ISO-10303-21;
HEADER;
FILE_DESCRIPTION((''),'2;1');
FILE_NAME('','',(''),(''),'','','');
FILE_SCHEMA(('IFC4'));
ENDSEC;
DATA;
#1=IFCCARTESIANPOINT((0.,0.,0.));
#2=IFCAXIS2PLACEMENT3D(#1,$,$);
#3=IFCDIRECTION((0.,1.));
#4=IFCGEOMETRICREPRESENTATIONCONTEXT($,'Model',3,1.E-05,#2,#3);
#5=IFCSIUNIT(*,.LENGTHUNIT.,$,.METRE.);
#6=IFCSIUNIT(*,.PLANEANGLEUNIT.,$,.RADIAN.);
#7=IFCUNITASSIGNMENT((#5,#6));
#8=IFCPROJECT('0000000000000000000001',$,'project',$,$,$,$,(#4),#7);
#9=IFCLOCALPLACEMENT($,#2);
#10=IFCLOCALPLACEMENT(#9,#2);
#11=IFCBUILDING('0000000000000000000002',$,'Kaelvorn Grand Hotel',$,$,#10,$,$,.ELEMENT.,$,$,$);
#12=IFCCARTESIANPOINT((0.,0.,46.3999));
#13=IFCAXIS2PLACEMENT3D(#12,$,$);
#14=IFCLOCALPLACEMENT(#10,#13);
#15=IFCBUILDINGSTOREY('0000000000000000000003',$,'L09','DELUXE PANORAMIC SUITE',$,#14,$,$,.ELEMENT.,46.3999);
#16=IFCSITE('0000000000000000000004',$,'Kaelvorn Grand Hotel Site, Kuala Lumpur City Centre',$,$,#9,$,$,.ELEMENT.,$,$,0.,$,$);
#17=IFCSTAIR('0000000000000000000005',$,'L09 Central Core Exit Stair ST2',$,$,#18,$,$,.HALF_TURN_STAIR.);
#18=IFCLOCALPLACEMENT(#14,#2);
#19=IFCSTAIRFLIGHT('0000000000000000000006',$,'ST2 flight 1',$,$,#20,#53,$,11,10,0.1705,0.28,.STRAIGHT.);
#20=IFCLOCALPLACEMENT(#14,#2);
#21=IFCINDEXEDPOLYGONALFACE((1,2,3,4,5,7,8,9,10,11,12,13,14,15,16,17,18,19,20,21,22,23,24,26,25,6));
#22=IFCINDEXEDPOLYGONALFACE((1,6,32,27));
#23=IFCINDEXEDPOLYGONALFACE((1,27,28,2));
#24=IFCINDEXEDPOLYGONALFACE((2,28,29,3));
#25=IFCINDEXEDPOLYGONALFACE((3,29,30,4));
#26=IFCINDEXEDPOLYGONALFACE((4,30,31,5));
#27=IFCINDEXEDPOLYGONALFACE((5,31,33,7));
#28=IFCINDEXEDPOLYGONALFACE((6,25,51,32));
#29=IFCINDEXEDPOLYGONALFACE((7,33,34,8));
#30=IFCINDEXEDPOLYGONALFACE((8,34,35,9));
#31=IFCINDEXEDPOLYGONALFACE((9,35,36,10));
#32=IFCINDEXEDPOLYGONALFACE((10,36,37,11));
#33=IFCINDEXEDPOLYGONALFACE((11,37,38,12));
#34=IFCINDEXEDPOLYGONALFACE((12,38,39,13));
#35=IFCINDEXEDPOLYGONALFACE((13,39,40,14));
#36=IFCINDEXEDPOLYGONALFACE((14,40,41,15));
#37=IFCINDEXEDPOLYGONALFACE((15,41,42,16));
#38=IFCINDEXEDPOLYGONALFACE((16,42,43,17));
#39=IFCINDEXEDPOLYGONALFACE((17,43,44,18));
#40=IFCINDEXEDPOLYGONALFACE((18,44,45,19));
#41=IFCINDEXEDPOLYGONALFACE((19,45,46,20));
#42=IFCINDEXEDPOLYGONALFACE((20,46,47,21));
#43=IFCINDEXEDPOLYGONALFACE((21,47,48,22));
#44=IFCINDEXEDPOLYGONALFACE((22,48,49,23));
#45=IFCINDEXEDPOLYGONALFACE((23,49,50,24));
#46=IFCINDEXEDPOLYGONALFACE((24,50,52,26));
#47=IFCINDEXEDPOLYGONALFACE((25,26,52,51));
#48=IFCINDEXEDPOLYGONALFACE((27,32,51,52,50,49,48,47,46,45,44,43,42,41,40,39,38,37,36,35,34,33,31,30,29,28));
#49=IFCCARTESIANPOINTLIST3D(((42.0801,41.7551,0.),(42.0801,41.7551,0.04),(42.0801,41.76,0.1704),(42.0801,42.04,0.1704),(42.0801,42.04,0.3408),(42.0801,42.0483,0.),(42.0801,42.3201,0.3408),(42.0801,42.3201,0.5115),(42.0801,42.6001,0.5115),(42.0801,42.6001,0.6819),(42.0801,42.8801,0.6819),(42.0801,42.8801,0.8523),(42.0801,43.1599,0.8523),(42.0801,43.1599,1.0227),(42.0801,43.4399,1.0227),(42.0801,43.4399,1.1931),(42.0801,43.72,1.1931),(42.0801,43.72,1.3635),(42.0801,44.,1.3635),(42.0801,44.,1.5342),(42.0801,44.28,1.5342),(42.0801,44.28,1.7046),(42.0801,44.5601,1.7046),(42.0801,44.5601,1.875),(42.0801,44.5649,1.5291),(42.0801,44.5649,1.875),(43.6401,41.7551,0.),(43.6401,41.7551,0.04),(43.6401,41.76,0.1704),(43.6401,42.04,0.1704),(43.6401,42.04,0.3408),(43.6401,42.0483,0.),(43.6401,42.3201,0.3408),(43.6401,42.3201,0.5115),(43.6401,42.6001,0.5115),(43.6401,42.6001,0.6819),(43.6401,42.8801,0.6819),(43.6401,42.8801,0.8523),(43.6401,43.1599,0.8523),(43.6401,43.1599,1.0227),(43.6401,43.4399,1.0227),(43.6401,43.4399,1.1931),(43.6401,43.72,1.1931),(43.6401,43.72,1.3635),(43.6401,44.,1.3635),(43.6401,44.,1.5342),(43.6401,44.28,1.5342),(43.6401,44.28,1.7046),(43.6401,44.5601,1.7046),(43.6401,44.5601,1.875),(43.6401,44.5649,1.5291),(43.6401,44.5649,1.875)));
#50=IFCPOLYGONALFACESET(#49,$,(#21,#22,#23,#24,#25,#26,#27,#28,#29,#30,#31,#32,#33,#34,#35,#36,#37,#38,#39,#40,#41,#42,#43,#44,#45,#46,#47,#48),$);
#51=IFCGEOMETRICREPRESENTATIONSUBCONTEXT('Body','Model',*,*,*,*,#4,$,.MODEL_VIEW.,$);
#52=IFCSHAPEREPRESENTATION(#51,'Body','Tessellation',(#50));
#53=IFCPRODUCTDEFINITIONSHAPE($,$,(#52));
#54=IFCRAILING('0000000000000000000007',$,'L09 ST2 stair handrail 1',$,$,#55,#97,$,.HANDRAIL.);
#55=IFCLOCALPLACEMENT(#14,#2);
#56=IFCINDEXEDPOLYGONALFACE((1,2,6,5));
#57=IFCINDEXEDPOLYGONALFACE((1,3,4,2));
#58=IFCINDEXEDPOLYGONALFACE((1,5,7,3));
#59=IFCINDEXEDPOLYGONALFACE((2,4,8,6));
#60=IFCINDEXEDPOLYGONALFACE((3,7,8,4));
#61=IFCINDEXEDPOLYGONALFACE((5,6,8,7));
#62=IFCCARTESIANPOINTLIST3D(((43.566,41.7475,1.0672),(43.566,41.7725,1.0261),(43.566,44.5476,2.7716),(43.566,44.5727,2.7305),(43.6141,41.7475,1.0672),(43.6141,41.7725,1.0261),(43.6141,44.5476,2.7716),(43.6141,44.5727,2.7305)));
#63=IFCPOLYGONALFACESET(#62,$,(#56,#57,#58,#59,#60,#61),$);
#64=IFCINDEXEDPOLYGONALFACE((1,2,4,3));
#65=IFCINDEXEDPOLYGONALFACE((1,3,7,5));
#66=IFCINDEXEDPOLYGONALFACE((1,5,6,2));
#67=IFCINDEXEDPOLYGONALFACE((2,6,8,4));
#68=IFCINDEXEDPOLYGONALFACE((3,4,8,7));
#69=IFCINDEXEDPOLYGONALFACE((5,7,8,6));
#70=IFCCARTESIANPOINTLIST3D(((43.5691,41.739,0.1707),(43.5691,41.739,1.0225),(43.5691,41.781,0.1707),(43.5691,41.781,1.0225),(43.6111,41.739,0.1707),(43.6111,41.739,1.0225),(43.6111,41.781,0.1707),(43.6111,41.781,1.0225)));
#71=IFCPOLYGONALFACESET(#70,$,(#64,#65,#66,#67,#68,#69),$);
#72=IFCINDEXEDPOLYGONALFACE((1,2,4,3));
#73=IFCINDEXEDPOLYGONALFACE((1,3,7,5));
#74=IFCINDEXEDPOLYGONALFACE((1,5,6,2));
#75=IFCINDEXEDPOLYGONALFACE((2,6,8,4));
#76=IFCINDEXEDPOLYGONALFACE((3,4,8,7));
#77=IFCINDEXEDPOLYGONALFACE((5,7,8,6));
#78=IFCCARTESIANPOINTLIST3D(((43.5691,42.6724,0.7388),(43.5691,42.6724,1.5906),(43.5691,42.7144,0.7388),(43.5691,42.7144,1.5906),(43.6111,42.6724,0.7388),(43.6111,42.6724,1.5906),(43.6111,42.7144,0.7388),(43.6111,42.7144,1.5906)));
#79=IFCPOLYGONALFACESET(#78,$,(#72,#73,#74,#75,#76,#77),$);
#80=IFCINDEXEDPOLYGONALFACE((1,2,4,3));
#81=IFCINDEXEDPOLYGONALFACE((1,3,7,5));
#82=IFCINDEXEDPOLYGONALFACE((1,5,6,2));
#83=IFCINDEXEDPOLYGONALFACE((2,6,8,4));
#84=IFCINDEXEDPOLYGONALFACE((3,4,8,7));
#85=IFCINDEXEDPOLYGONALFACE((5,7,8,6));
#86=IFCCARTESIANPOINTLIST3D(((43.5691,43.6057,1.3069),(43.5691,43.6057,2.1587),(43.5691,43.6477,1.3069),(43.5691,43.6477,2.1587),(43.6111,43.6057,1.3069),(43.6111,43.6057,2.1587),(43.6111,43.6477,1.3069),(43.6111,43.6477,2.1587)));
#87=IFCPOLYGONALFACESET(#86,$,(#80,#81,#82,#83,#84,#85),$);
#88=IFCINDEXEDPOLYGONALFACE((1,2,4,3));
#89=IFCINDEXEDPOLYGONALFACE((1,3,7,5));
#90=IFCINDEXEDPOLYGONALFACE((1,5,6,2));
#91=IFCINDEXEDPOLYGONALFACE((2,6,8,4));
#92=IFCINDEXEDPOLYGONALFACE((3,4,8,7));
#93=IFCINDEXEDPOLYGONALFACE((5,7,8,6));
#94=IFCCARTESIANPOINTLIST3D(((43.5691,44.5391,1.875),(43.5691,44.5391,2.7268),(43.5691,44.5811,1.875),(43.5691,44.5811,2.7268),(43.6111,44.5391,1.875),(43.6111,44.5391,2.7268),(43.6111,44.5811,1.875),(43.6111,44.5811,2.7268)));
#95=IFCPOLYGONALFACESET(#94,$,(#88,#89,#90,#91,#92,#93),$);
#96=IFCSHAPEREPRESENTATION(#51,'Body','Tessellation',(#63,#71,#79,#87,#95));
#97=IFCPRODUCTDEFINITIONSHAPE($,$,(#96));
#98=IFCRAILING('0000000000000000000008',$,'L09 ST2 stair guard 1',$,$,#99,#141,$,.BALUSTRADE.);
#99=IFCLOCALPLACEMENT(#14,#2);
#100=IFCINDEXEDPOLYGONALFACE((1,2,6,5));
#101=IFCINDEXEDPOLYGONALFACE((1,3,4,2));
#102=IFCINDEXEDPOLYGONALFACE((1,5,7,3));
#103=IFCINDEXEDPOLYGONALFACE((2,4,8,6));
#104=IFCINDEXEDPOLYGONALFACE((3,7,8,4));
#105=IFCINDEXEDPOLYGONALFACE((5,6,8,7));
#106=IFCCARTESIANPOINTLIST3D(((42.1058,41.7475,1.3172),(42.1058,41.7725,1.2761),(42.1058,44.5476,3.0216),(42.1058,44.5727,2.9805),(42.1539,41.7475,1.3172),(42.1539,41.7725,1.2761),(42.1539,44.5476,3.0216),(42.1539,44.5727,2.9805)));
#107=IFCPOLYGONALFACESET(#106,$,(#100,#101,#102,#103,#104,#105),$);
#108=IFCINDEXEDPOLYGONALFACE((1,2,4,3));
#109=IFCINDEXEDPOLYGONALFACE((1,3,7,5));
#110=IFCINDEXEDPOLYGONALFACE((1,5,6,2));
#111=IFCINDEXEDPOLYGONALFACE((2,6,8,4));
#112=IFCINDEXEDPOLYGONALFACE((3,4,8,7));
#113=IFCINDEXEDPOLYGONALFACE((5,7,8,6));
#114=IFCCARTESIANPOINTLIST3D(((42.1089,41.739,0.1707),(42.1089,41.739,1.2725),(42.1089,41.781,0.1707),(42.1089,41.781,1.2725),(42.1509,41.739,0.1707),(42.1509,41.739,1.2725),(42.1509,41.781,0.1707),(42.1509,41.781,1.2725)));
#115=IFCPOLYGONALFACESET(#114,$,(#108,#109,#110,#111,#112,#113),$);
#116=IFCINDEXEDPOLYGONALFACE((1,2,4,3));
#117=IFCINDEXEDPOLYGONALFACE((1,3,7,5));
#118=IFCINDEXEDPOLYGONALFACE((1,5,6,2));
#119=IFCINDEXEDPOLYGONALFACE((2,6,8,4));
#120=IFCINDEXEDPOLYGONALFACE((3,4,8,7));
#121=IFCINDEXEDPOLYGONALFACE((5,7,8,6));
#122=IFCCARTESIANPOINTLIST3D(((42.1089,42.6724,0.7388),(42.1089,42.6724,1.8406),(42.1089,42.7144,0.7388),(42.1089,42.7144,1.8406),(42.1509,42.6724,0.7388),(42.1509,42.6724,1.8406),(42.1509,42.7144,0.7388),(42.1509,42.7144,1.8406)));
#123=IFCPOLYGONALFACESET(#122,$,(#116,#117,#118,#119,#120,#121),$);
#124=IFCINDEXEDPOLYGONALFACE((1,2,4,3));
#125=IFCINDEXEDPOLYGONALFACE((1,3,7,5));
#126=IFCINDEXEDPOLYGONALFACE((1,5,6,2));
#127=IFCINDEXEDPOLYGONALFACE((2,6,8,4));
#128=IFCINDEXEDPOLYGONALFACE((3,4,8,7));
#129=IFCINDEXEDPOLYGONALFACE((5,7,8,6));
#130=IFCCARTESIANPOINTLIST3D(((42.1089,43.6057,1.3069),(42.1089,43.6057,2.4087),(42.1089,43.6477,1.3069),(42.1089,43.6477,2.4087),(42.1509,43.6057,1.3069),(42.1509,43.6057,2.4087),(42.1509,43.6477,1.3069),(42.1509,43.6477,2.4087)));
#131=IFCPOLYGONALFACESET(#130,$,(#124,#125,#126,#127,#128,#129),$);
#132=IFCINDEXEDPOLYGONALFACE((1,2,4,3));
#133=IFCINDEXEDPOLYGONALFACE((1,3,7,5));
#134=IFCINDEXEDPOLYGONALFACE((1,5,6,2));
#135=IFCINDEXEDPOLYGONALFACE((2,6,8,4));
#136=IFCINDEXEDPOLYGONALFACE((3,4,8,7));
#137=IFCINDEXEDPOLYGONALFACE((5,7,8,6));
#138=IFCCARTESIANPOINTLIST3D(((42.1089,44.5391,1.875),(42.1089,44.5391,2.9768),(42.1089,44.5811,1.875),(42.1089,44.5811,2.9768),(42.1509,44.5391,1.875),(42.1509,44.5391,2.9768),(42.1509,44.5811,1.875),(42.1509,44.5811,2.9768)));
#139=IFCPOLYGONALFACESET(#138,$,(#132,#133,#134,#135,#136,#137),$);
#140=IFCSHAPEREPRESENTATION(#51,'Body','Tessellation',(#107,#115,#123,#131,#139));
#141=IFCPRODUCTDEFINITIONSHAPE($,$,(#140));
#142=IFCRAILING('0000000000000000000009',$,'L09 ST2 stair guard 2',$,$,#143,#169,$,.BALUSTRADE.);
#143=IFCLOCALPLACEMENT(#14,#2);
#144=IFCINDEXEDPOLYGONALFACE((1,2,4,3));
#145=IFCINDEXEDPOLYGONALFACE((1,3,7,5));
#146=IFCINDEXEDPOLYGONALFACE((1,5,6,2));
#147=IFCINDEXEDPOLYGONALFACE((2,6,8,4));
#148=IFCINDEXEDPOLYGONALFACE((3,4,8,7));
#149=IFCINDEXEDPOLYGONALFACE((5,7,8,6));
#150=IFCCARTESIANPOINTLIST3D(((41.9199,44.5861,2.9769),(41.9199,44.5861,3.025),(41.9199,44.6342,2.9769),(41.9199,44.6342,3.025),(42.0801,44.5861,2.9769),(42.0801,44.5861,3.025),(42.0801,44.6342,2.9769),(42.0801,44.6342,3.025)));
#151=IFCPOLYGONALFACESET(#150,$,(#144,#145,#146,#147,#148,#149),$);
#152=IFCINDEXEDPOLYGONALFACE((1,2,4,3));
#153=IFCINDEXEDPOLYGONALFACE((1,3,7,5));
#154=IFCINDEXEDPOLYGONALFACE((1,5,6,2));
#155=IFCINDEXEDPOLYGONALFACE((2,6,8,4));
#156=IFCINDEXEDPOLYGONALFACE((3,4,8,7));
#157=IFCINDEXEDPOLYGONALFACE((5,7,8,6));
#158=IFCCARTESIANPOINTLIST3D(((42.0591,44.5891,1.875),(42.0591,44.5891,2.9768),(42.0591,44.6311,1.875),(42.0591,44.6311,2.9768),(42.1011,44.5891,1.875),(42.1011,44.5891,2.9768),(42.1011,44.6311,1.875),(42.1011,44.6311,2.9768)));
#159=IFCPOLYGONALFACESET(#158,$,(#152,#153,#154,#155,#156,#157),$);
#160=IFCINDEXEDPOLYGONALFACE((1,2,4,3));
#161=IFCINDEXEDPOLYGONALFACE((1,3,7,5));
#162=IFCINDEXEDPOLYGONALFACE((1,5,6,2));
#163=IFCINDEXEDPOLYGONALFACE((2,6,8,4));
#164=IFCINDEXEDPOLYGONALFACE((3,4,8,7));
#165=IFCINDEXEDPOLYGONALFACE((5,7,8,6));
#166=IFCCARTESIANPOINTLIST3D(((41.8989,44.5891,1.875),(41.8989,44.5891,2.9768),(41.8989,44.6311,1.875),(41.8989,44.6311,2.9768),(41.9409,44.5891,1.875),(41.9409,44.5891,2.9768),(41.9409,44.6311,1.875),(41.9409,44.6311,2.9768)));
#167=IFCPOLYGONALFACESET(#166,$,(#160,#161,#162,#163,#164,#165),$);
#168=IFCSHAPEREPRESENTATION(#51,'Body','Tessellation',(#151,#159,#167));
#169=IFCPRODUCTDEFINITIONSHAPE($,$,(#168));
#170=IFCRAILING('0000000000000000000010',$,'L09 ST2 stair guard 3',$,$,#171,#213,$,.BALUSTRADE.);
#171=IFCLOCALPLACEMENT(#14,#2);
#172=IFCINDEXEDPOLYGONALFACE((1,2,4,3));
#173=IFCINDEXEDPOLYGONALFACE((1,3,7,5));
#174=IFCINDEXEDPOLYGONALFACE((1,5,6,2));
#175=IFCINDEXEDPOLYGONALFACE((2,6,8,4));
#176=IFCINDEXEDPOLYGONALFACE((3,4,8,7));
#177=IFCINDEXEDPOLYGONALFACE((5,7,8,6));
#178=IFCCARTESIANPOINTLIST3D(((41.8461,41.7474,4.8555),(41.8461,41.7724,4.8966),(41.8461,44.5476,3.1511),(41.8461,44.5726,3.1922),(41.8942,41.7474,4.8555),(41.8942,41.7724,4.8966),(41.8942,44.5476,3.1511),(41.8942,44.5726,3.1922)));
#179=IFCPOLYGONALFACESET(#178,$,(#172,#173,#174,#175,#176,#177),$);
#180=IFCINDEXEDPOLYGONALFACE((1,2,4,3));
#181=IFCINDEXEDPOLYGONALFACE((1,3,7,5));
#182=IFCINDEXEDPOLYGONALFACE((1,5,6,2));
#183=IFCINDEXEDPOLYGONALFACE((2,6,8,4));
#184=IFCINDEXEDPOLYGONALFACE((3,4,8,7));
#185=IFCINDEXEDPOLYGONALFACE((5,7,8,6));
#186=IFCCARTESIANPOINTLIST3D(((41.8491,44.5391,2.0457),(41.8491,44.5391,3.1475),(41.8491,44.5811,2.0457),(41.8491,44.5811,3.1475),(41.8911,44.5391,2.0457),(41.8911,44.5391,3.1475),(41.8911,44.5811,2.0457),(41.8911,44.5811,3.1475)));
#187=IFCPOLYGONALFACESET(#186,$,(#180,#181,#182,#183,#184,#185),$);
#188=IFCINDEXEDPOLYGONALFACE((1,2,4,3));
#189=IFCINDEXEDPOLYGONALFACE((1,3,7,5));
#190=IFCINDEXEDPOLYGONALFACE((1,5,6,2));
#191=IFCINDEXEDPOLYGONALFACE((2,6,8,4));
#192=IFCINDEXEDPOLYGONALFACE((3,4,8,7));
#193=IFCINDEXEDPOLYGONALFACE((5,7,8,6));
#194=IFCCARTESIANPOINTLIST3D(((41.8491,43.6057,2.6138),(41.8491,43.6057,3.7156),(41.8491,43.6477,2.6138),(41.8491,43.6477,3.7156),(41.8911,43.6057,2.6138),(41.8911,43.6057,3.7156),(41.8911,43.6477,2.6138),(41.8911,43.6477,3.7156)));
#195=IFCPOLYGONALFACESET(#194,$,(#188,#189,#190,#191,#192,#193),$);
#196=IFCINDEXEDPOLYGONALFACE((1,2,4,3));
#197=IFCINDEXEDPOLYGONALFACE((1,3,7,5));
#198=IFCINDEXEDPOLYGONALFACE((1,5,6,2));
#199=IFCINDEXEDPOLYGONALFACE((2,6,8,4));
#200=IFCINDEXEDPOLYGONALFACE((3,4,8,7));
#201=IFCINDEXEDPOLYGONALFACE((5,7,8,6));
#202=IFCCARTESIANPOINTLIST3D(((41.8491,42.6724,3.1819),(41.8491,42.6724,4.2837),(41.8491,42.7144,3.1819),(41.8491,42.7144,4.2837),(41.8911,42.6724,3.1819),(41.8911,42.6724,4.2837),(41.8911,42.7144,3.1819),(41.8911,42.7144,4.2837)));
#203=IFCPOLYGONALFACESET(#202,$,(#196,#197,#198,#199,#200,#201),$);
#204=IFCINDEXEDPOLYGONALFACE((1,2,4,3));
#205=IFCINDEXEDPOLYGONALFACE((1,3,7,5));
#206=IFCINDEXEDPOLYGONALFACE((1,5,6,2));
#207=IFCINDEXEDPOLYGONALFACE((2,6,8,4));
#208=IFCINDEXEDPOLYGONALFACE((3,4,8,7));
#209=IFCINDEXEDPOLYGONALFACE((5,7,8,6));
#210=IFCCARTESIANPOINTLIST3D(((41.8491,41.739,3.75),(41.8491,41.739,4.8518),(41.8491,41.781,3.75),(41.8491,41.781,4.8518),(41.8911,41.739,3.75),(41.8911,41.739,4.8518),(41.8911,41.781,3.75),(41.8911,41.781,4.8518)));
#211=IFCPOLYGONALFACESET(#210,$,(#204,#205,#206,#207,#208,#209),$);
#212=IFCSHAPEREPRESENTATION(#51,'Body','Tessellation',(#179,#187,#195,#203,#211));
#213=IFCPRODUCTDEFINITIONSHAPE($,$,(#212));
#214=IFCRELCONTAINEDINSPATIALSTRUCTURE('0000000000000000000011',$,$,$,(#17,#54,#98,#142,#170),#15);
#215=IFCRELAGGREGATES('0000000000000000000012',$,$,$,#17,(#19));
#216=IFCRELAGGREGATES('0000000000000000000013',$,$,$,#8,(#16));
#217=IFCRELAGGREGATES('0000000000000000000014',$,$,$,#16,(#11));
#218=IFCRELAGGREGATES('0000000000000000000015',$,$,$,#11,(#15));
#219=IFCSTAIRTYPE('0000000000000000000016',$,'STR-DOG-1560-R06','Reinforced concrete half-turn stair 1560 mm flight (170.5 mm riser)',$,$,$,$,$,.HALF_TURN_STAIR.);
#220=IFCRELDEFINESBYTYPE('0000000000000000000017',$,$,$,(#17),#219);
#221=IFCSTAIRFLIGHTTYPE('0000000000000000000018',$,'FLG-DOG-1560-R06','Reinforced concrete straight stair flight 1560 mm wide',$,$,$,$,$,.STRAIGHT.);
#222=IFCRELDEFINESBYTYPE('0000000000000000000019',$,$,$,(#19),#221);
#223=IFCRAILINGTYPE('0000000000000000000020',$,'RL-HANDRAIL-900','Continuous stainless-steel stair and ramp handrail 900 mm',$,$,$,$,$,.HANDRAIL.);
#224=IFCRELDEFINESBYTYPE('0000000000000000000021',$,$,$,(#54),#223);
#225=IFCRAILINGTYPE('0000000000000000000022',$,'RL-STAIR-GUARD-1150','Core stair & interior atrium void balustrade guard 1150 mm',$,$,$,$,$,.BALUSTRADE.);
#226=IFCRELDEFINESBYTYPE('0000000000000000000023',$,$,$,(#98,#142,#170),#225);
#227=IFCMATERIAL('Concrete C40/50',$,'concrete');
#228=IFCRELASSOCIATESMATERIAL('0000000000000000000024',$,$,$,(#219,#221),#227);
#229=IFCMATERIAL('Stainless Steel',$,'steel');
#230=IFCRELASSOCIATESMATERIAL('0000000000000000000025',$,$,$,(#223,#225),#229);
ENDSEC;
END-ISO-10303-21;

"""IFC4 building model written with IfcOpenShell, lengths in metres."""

from ifc_helpers import new_model, si_unit, direction, frame, origin, origin_2d, place, context, subcontext, project, spatial, polyline, rectangle, outline, extrude, material, type_object, element, aggregate, save


model = new_model("IFC4")

# Units and contexts
model_context = context("Model", 3, precision=1e-05, world=origin(), true_north=direction((0.0, 1.0)))
body_context = subcontext(model_context, "Body", "Model", "MODEL_VIEW")
ifc_project = project(units=[si_unit("LENGTHUNIT", "METRE"), si_unit("PLANEANGLEUNIT", "RADIAN")], contexts=[model_context])

# Site, building, storey
site_placement = place(None, origin())
site = spatial("IfcSite", under=ifc_project, at=site_placement, Name="Kaelvorn Grand Hotel Site, Kuala Lumpur City Centre", CompositionType="ELEMENT", RefElevation=0.0)
building_placement = place(site_placement, origin())
building = spatial("IfcBuilding", under=site, at=building_placement, Name="Kaelvorn Grand Hotel", CompositionType="ELEMENT")
storey_placement = place(building_placement, frame((0.0, 0.0, 46.3999)))
storey = spatial("IfcBuildingStorey", under=building, at=storey_placement, Name="L09", Description="DELUXE PANORAMIC SUITE", CompositionType="ELEMENT", Elevation=46.3999)

# Shared definitions
ifc_material_1 = material(Name="Concrete C40/50", Category="concrete")

# Shared definitions
ifc_material_2 = material(Name="Stainless Steel", Category="steel")

# Stair, stair flight
stair_type = type_object("IfcStairType", Name="STR-DOG-1560-R06", Description="Reinforced concrete half-turn stair 1560 mm flight (170.5 mm riser)", PredefinedType="HALF_TURN_STAIR", material=ifc_material_1)
stair_placement = place(storey_placement, origin())
stair = element("IfcStair", 1, at=stair_placement, inside=storey, type_object=stair_type, Name="L09 Central Core Exit Stair ST2", PredefinedType="HALF_TURN_STAIR")
stair_flight_type = type_object("IfcStairFlightType", Name="FLG-DOG-1560-R06", Description="Reinforced concrete straight stair flight 1560 mm wide", PredefinedType="STRAIGHT", material=ifc_material_1)
stair_flight_placement = place(storey_placement, frame((42.8601, 41.76, 0.0), z_axis=(0.0, 0.0, 1.0), x_axis=(0.0, 1.0, 0.0)))
stair_flight = element("IfcStairFlight", 2, at=stair_flight_placement, type_object=stair_flight_type, Name="ST2 flight 1", NumberOfRisers=11, NumberOfTreads=10, PredefinedType="STRAIGHT", RiserHeight=0.1705, TreadLength=0.28, context=body_context, shape_type="SweptSolid", body=[
    extrude(outline(polyline([(-0.0049, 0.0), (-0.0049, 0.04), (0.0, 0.1704), (0.28, 0.1704), (0.28, 0.3408), (0.5601, 0.3408), (0.5601, 0.5115), (0.8401, 0.5115), (0.8401, 0.6819), (1.1201, 0.6819), (1.1201, 0.8523), (1.3999, 0.8523), (1.3999, 1.0227), (1.6799, 1.0227), (1.6799, 1.1931), (1.96, 1.1931), (1.96, 1.3635), (2.24, 1.3635), (2.24, 1.5342), (2.52, 1.5342), (2.52, 1.7046), (2.8, 1.7046), (2.8, 1.875), (2.8049, 1.875), (2.8049, 1.5291), (0.2883, 0.0), (-0.0049, 0.0)])), frame((0.0, 0.78, 0.0), z_axis=(0.0, -1.0, 0.0), x_axis=(1.0, 0.0, 0.0)), (0.0, 0.0, 1.0), 1.5601),
])
aggregate(stair, [stair_flight])

# Railings
railing_type_1 = type_object("IfcRailingType", Name="RL-HANDRAIL-900", Description="Continuous stainless-steel stair and ramp handrail 900 mm", PredefinedType="HANDRAIL", material=ifc_material_2)
railing_1_placement = place(storey_placement, frame((43.5901, 41.76, 0.1707)))
element("IfcRailing", 3, at=railing_1_placement, inside=storey, type_object=railing_type_1, Name="L09 ST2 stair handrail 1", PredefinedType="HANDRAIL", context=body_context, shape_type="SweptSolid", body=[
    extrude(rectangle(XDim=0.0481, YDim=0.0481, at=origin_2d()), frame((0.0, 0.0, 0.876), z_axis=(0.0, 0.854203, 0.51994), x_axis=(-1.0, 0.0, 0.0)), (0.0, 0.0, 1.0), 3.2781),
    extrude(rectangle(XDim=0.042, YDim=0.042, at=origin_2d()), origin(), (0.0, 0.0, 1.0), 0.8518),
    extrude(rectangle(XDim=0.042, YDim=0.042, at=origin_2d()), frame((0.0, 0.9333, 0.5681)), (0.0, 0.0, 1.0), 0.8518),
    extrude(rectangle(XDim=0.042, YDim=0.042, at=origin_2d()), frame((0.0, 1.8667, 1.1362)), (0.0, 0.0, 1.0), 0.8518),
    extrude(rectangle(XDim=0.042, YDim=0.042, at=origin_2d()), frame((0.0, 2.8, 1.7043)), (0.0, 0.0, 1.0), 0.8518),
])
railing_type_2 = type_object("IfcRailingType", Name="RL-STAIR-GUARD-1150", Description="Core stair & interior atrium void balustrade guard 1150 mm", PredefinedType="BALUSTRADE", material=ifc_material_2)
railing_2_placement = place(storey_placement, frame((42.1299, 41.76, 0.1707)))
element("IfcRailing", 4, at=railing_2_placement, inside=storey, type_object=railing_type_2, Name="L09 ST2 stair guard 1", PredefinedType="BALUSTRADE", context=body_context, shape_type="SweptSolid", body=[
    extrude(rectangle(XDim=0.0481, YDim=0.0481, at=origin_2d()), frame((0.0, 0.0, 1.126), z_axis=(0.0, 0.854203, 0.51994), x_axis=(-1.0, 0.0, 0.0)), (0.0, 0.0, 1.0), 3.2781),
    extrude(rectangle(XDim=0.042, YDim=0.042, at=origin_2d()), origin(), (0.0, 0.0, 1.0), 1.1018),
    extrude(rectangle(XDim=0.042, YDim=0.042, at=origin_2d()), frame((0.0, 0.9333, 0.5681)), (0.0, 0.0, 1.0), 1.1018),
    extrude(rectangle(XDim=0.042, YDim=0.042, at=origin_2d()), frame((0.0, 1.8667, 1.1362)), (0.0, 0.0, 1.0), 1.1018),
    extrude(rectangle(XDim=0.042, YDim=0.042, at=origin_2d()), frame((0.0, 2.8, 1.7043)), (0.0, 0.0, 1.0), 1.1018),
])
railing_3_placement = place(storey_placement, frame((42.0801, 44.6101, 1.875)))
element("IfcRailing", 5, at=railing_3_placement, inside=storey, type_object=railing_type_2, Name="L09 ST2 stair guard 2", PredefinedType="BALUSTRADE", context=body_context, shape_type="SweptSolid", body=[
    extrude(rectangle(XDim=0.0481, YDim=0.0481, at=origin_2d()), frame((0.0, 0.0, 1.126), z_axis=(-1.0, 0.0, 0.0), x_axis=(0.0, -1.0, 0.0)), (0.0, 0.0, 1.0), 0.1602),
    extrude(rectangle(XDim=0.042, YDim=0.042, at=origin_2d()), origin(), (0.0, 0.0, 1.0), 1.1018),
    extrude(rectangle(XDim=0.042, YDim=0.042, at=origin_2d()), frame((-0.1602, 0.0, 0.0)), (0.0, 0.0, 1.0), 1.1018),
])
railing_4_placement = place(storey_placement, frame((41.8701, 44.5601, 2.0457)))
element("IfcRailing", 6, at=railing_4_placement, inside=storey, type_object=railing_type_2, Name="L09 ST2 stair guard 3", PredefinedType="BALUSTRADE", context=body_context, shape_type="SweptSolid", body=[
    extrude(rectangle(XDim=0.0481, YDim=0.0481, at=origin_2d()), frame((0.0, 0.0, 1.126), z_axis=(0.0, -0.854203, 0.51994), x_axis=(1.0, 0.0, 0.0)), (0.0, 0.0, 1.0), 3.2781),
    extrude(rectangle(XDim=0.042, YDim=0.042, at=origin_2d()), origin(), (0.0, 0.0, 1.0), 1.1018),
    extrude(rectangle(XDim=0.042, YDim=0.042, at=origin_2d()), frame((0.0, -0.9333, 0.5681)), (0.0, 0.0, 1.0), 1.1018),
    extrude(rectangle(XDim=0.042, YDim=0.042, at=origin_2d()), frame((0.0, -1.8667, 1.1362)), (0.0, 0.0, 1.0), 1.1018),
    extrude(rectangle(XDim=0.042, YDim=0.042, at=origin_2d()), frame((0.0, -2.8, 1.7043)), (0.0, 0.0, 1.0), 1.1018),
])

save(model, "model.ifc")
